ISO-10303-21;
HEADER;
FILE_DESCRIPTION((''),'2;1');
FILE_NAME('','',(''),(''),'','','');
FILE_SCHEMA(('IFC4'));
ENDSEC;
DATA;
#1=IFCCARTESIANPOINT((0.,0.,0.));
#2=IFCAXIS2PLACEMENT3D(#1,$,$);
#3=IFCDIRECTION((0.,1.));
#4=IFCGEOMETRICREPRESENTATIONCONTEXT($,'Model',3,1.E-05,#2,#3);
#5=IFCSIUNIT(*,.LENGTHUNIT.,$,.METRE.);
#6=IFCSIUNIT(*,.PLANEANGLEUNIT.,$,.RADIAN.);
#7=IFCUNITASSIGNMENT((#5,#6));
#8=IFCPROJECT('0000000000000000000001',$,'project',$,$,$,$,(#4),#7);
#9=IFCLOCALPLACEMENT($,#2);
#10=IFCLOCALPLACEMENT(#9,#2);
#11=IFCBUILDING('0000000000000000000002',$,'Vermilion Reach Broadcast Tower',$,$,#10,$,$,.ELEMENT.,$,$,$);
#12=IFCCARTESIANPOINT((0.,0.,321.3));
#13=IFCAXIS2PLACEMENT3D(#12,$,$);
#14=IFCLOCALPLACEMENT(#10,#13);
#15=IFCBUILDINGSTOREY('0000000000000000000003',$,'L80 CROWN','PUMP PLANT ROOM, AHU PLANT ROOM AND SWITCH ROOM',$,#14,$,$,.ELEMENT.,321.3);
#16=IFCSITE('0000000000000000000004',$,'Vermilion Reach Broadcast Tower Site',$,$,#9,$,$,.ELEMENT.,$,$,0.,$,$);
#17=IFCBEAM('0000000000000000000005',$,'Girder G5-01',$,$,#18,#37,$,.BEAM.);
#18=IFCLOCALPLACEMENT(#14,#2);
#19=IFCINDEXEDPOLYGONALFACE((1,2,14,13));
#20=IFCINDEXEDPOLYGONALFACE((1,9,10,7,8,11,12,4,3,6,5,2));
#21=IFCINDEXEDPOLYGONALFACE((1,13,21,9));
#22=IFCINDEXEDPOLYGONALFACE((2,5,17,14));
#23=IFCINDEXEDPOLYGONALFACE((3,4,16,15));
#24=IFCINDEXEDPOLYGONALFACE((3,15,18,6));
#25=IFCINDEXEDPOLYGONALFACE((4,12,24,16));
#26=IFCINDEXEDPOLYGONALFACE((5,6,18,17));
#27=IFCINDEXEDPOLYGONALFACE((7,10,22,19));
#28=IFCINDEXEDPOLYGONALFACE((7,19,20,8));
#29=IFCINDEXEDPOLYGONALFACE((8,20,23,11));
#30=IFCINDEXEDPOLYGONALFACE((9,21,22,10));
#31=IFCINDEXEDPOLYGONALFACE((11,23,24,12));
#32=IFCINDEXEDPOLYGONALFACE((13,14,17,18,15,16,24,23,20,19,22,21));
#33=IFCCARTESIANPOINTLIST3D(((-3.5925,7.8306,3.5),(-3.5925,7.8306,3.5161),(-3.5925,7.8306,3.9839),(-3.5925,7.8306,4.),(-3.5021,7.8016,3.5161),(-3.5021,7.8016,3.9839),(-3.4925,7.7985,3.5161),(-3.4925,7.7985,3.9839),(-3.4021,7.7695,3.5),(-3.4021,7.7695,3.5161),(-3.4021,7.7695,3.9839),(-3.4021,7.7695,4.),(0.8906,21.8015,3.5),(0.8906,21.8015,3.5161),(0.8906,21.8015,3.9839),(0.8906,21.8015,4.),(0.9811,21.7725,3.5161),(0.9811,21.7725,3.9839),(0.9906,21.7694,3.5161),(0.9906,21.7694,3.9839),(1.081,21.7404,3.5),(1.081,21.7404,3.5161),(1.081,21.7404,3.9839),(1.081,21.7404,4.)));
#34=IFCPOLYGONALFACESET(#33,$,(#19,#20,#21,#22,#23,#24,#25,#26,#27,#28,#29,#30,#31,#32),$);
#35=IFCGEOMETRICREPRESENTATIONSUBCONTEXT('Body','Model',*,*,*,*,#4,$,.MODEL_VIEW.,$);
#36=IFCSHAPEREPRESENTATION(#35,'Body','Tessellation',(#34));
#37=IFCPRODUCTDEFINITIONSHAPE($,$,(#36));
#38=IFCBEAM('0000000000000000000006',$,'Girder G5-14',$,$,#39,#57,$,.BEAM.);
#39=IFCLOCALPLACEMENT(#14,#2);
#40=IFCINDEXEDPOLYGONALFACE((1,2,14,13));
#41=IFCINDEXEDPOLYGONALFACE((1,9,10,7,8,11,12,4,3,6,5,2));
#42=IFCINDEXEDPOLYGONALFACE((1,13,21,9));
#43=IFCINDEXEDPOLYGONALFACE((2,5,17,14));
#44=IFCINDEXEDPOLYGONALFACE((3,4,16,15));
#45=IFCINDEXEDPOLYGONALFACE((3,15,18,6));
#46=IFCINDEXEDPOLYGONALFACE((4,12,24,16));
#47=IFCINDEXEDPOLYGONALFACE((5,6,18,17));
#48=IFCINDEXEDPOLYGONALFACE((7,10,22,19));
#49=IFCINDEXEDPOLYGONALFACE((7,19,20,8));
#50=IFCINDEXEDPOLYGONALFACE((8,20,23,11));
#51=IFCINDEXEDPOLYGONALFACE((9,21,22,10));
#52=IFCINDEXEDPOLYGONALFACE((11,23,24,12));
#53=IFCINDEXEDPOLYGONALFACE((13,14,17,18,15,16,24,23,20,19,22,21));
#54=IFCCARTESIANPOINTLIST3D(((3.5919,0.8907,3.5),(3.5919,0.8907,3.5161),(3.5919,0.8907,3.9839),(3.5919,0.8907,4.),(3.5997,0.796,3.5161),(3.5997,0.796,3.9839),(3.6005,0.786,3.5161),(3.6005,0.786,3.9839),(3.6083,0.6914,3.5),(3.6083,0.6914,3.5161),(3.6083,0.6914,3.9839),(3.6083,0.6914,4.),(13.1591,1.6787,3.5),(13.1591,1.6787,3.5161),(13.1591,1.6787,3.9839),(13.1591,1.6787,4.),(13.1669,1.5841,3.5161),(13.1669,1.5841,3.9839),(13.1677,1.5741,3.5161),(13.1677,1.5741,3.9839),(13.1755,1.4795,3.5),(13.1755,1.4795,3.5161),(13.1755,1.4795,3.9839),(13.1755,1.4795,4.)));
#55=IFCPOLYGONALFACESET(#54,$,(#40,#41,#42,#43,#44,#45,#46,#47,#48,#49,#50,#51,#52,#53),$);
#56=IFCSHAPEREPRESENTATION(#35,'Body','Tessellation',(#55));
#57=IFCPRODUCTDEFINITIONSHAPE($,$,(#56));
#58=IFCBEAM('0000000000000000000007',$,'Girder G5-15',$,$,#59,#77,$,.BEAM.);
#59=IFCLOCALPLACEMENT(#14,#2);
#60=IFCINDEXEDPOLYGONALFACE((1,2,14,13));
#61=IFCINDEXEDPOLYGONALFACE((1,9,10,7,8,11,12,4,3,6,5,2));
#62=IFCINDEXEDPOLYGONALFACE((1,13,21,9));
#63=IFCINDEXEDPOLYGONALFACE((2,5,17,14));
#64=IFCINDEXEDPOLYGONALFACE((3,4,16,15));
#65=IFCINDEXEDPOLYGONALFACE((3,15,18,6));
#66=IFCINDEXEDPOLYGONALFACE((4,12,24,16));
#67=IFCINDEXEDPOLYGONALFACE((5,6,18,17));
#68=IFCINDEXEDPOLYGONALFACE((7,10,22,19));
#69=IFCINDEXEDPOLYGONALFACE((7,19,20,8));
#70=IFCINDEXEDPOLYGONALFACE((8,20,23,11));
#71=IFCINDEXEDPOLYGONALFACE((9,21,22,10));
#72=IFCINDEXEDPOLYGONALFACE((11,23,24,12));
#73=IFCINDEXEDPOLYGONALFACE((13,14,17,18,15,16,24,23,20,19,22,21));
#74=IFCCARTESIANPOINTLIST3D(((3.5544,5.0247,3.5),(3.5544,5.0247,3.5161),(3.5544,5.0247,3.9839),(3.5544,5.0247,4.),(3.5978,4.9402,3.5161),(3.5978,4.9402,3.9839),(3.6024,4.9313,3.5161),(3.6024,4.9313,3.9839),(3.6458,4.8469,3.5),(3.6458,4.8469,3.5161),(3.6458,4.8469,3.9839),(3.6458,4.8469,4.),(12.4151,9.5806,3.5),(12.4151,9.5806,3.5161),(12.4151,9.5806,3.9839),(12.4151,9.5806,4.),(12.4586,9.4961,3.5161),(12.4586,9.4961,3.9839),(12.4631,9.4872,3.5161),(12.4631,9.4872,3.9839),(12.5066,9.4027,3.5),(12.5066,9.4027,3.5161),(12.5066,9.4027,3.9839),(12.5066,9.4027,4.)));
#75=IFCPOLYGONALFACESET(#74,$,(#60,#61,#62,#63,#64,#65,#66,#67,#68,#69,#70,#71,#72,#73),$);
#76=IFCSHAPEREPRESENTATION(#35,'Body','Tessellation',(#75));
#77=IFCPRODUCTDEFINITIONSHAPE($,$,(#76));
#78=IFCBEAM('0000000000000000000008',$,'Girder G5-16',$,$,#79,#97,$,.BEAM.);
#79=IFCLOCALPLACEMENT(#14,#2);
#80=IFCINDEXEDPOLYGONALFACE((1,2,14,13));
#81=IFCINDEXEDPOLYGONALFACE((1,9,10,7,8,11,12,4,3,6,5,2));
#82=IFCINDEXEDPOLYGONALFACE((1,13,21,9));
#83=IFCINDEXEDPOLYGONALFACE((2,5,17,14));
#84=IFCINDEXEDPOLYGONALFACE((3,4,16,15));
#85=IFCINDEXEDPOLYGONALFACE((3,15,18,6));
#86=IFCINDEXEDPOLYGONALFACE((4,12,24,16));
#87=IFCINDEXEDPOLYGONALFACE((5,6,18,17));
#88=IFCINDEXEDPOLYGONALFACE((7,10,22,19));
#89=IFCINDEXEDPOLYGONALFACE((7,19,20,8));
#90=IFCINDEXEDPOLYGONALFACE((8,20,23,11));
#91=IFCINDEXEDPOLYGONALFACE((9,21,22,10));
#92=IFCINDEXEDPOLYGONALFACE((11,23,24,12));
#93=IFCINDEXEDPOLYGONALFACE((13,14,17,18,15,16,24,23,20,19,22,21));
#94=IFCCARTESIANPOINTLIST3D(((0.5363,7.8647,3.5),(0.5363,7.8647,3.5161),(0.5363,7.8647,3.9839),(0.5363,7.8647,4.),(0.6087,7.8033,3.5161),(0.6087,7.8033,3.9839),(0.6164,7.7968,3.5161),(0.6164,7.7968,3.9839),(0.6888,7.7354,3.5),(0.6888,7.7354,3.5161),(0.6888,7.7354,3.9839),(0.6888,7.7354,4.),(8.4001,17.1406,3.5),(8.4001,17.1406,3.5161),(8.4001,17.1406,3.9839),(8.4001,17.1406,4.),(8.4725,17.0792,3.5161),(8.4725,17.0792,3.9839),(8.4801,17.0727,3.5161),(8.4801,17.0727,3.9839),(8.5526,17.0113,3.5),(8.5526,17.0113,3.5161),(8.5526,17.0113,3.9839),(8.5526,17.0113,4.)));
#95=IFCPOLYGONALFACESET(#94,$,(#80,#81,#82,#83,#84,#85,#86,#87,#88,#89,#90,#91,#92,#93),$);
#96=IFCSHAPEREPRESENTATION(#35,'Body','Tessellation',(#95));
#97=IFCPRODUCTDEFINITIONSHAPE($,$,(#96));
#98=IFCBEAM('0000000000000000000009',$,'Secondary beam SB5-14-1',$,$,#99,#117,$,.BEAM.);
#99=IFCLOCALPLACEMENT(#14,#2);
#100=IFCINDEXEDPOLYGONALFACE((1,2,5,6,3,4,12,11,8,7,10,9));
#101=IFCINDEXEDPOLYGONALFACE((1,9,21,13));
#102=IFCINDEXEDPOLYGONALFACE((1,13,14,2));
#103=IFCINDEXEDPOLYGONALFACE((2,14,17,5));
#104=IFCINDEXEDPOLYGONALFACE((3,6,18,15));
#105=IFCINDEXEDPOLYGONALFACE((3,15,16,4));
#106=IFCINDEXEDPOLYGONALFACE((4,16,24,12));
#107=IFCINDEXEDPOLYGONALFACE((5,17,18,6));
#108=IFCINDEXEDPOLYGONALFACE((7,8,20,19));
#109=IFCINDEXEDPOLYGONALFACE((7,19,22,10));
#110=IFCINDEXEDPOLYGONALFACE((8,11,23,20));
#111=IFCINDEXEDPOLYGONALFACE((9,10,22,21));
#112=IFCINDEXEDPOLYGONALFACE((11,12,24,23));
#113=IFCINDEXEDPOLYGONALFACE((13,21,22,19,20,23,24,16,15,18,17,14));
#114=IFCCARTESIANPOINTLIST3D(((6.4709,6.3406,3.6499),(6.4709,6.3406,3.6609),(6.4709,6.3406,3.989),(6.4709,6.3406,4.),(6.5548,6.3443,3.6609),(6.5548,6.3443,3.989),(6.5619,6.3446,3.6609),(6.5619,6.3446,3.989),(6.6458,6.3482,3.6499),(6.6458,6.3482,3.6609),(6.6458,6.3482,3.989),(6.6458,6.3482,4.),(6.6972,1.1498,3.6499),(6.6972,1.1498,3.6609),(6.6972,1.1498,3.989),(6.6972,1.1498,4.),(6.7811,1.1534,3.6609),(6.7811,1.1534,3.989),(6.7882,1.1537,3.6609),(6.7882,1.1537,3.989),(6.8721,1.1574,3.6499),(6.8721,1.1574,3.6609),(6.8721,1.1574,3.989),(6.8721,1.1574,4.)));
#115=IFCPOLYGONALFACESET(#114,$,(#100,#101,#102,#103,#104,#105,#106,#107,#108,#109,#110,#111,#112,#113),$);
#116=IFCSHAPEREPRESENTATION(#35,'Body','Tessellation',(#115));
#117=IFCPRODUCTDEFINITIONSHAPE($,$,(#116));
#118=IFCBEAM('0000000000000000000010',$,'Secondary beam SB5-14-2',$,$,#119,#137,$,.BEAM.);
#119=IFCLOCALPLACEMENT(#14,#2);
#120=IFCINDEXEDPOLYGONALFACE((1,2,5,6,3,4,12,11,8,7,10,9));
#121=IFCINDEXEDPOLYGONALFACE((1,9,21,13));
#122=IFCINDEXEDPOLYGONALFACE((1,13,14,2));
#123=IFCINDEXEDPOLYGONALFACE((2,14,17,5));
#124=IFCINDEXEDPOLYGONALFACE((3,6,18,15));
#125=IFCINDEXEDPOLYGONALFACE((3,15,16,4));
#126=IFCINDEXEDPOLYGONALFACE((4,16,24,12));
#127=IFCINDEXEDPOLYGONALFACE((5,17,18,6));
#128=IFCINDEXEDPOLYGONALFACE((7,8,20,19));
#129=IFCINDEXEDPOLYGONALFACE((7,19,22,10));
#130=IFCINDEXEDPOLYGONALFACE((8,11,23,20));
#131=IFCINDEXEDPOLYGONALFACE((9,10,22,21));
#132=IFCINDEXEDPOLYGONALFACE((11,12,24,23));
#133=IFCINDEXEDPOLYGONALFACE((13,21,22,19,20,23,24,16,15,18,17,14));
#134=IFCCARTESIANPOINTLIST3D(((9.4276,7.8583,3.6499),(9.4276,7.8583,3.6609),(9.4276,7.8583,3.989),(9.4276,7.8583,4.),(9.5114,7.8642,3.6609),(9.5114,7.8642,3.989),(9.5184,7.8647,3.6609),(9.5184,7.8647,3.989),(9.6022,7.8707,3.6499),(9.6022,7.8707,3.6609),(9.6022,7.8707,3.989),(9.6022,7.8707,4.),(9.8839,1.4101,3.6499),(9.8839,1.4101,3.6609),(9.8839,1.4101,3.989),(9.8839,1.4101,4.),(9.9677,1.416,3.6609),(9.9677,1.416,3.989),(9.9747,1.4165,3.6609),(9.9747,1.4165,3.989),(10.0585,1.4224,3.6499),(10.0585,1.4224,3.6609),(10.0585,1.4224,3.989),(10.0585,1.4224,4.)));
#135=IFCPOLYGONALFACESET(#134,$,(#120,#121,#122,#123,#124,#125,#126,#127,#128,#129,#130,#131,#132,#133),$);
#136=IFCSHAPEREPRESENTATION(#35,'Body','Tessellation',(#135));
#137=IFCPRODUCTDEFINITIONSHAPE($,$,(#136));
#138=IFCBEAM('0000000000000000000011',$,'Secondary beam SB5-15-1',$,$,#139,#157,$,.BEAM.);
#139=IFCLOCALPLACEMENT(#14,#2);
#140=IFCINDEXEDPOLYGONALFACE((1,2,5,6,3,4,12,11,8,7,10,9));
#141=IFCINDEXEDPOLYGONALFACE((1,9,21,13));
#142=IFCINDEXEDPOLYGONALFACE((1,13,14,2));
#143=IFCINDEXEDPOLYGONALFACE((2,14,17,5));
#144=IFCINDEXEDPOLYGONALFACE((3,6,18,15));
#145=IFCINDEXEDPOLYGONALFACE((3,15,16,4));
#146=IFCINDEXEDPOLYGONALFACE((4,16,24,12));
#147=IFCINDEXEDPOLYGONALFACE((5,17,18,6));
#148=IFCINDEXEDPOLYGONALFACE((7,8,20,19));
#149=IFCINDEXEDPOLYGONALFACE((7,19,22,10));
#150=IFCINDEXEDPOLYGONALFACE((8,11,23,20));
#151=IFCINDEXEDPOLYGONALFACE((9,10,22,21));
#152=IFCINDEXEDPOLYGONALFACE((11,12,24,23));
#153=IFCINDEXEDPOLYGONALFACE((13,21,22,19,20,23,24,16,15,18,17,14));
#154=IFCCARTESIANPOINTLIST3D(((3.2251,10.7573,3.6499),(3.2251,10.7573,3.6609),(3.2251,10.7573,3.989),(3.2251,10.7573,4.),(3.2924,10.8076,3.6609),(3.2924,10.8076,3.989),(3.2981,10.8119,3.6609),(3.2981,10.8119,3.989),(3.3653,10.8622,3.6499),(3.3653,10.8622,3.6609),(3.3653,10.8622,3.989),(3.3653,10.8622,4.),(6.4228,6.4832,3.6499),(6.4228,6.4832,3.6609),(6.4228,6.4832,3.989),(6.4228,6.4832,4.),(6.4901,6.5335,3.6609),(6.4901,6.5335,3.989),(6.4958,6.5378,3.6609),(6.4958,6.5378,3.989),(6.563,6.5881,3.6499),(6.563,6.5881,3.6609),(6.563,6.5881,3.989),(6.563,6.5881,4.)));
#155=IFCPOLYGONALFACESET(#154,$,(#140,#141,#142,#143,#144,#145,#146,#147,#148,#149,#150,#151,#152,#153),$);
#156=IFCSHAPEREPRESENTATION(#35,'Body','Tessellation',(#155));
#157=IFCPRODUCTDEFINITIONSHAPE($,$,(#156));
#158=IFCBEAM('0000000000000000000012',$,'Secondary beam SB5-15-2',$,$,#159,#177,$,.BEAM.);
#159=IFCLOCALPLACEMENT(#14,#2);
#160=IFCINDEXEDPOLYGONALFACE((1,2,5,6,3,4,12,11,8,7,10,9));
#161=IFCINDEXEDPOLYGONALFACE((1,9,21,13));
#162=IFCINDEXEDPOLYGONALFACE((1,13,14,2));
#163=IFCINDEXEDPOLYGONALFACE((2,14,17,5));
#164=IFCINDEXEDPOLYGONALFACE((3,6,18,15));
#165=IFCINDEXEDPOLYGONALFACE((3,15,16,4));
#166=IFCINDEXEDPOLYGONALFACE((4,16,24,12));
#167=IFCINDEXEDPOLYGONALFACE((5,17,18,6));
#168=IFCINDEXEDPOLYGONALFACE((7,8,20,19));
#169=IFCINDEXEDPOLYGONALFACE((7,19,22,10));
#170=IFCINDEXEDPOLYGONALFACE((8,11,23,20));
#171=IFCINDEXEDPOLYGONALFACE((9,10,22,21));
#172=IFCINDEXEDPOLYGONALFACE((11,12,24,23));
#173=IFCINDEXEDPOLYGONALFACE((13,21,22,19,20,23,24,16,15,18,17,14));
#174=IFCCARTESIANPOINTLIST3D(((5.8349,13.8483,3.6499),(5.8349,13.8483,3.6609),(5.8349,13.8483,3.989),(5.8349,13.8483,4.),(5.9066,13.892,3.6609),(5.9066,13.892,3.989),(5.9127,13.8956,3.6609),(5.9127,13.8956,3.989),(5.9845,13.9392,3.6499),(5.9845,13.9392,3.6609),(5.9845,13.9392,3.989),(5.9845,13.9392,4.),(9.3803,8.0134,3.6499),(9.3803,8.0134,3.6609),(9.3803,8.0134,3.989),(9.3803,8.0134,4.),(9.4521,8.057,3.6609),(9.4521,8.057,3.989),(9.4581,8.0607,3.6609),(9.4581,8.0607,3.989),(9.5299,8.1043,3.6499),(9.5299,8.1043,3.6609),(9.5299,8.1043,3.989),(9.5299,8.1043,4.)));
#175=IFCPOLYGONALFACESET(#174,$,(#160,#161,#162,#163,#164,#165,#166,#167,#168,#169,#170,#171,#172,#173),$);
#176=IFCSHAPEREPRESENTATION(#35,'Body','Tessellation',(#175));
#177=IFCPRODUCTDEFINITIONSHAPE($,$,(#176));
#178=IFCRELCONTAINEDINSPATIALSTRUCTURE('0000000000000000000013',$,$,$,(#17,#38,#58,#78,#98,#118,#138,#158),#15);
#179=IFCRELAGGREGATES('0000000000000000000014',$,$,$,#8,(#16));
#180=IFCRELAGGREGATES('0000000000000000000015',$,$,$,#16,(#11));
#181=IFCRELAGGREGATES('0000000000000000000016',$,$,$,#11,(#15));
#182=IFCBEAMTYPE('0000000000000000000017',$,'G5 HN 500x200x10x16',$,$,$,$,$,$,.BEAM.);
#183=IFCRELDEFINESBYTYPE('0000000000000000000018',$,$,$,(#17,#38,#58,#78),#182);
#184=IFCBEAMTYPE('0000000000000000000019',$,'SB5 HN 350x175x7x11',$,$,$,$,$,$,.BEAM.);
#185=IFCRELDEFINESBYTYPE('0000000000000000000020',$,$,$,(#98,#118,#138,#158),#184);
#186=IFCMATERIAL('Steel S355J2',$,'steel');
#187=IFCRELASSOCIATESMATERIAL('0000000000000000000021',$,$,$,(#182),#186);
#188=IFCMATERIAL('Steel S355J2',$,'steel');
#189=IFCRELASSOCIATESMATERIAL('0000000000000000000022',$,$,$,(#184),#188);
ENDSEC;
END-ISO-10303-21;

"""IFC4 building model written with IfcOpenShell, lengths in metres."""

from ifc_helpers import new_model, si_unit, direction, frame, origin, origin_2d, place, context, subcontext, project, spatial, i_section, extrude, material, material_profile, profile_set, type_object, element, save


model = new_model("IFC4")

# Units and contexts
model_context = context("Model", 3, precision=1e-05, world=origin(), true_north=direction((0.0, 1.0)))
body_context = subcontext(model_context, "Body", "Model", "MODEL_VIEW")
ifc_project = project(units=[si_unit("LENGTHUNIT", "METRE"), si_unit("PLANEANGLEUNIT", "RADIAN")], contexts=[model_context])

# Site, building, storey
site_placement = place(None, origin())
site = spatial("IfcSite", under=ifc_project, at=site_placement, Name="Vermilion Reach Broadcast Tower Site", CompositionType="ELEMENT", RefElevation=0.0)
building_placement = place(site_placement, origin())
building = spatial("IfcBuilding", under=site, at=building_placement, Name="Vermilion Reach Broadcast Tower", CompositionType="ELEMENT")
storey_placement = place(building_placement, frame((0.0, 0.0, 321.3)))
storey = spatial("IfcBuildingStorey", under=building, at=storey_placement, Name="L80 CROWN", Description="PUMP PLANT ROOM, AHU PLANT ROOM AND SWITCH ROOM", CompositionType="ELEMENT", Elevation=321.3)

# Beams
ifc_material_1 = material(Name="Steel S355J2", Category="steel")
ifc_material_profile_1 = material_profile(ifc_material_1, i_section(OverallWidth=0.2, OverallDepth=0.5, WebThickness=0.01, FlangeThickness=0.0161, at=origin_2d()), Name="S355J2 HN 500x200x10x16")
ifc_profile_set_1 = profile_set([ifc_material_profile_1], Name="Steel S355J2")
beam_type_1 = type_object("IfcBeamType", Name="G5 HN 500x200x10x16", PredefinedType="BEAM", material=ifc_profile_set_1)
beam_1_placement = place(storey_placement, frame((-3.4973, 7.8, 3.75), z_axis=(0.305545, 0.952178, 0.0), x_axis=(-0.952178, 0.305545, 0.0)))
element("IfcBeam", 1, at=beam_1_placement, inside=storey, type_object=beam_type_1, Name="Girder G5-01", PredefinedType="BEAM", context=body_context, shape_type="SweptSolid", body=[
    extrude(i_section(OverallWidth=0.2, OverallDepth=0.5, WebThickness=0.01, FlangeThickness=0.0161, at=origin_2d()), origin(), (0.0, 0.0, 1.0), 14.6726),
])
beam_2_placement = place(storey_placement, frame((3.6001, 0.791, 3.75), z_axis=(0.996624, 0.082096, 0.0), x_axis=(-0.082096, 0.996624, 0.0)))
element("IfcBeam", 2, at=beam_2_placement, inside=storey, type_object=beam_type_1, Name="Girder G5-14", PredefinedType="BEAM", context=body_context, shape_type="SweptSolid", body=[
    extrude(i_section(OverallWidth=0.2, OverallDepth=0.5, WebThickness=0.01, FlangeThickness=0.0161, at=origin_2d()), origin(), (0.0, 0.0, 1.0), 9.5996),
])
beam_3_placement = place(storey_placement, frame((3.6001, 4.9358, 3.75), z_axis=(0.889333, 0.457261, 0.0), x_axis=(-0.457261, 0.889333, 0.0)))
element("IfcBeam", 3, at=beam_3_placement, inside=storey, type_object=beam_type_1, Name="Girder G5-15", PredefinedType="BEAM", context=body_context, shape_type="SweptSolid", body=[
    extrude(i_section(OverallWidth=0.2, OverallDepth=0.5, WebThickness=0.01, FlangeThickness=0.0161, at=origin_2d()), origin(), (0.0, 0.0, 1.0), 9.9634),
])
beam_4_placement = place(storey_placement, frame((0.6125, 7.8, 3.75), z_axis=(0.646658, 0.76278, 0.0), x_axis=(-0.76278, 0.646658, 0.0)))
element("IfcBeam", 4, at=beam_4_placement, inside=storey, type_object=beam_type_1, Name="Girder G5-16", PredefinedType="BEAM", context=body_context, shape_type="SweptSolid", body=[
    extrude(i_section(OverallWidth=0.2, OverallDepth=0.5, WebThickness=0.01, FlangeThickness=0.0161, at=origin_2d()), origin(), (0.0, 0.0, 1.0), 12.1606),
])
ifc_material_2 = material(Name="Steel S355J2", Category="steel")
ifc_material_profile_2 = material_profile(ifc_material_2, i_section(OverallWidth=0.175, OverallDepth=0.3501, WebThickness=0.0071, FlangeThickness=0.011, at=origin_2d()), Name="S355J2 HN 350x175x7x11")
ifc_profile_set_2 = profile_set([ifc_material_profile_2], Name="Steel S355J2")
beam_type_2 = type_object("IfcBeamType", Name="SB5 HN 350x175x7x11", PredefinedType="BEAM", material=ifc_profile_set_2)
beam_5_placement = place(storey_placement, frame((6.7847, 1.1536, 3.825), z_axis=(-0.043558, 0.999051, 0.0), x_axis=(-0.999051, -0.043558, 0.0)))
element("IfcBeam", 5, at=beam_5_placement, inside=storey, type_object=beam_type_2, Name="Secondary beam SB5-14-1", PredefinedType="BEAM", context=body_context, shape_type="SweptSolid", body=[
    extrude(i_section(OverallWidth=0.175, OverallDepth=0.3501, WebThickness=0.0071, FlangeThickness=0.011, at=origin_2d()), origin(), (0.0, 0.0, 1.0), 5.1958),
])
beam_6_placement = place(storey_placement, frame((9.9712, 1.4163, 3.825), z_axis=(-0.070587, 0.997506, 0.0), x_axis=(-0.997506, -0.070587, 0.0)))
element("IfcBeam", 6, at=beam_6_placement, inside=storey, type_object=beam_type_2, Name="Secondary beam SB5-14-2", PredefinedType="BEAM", context=body_context, shape_type="SweptSolid", body=[
    extrude(i_section(OverallWidth=0.175, OverallDepth=0.3501, WebThickness=0.0071, FlangeThickness=0.011, at=origin_2d()), origin(), (0.0, 0.0, 1.0), 6.4644),
])
beam_7_placement = place(storey_placement, frame((6.4929, 6.5356, 3.825), z_axis=(-0.599056, 0.800707, 0.0), x_axis=(-0.800707, -0.599056, 0.0)))
element("IfcBeam", 7, at=beam_7_placement, inside=storey, type_object=beam_type_2, Name="Secondary beam SB5-15-1", PredefinedType="BEAM", context=body_context, shape_type="SweptSolid", body=[
    extrude(i_section(OverallWidth=0.175, OverallDepth=0.3501, WebThickness=0.0071, FlangeThickness=0.011, at=origin_2d()), origin(), (0.0, 0.0, 1.0), 5.3379),
])
beam_8_placement = place(storey_placement, frame((9.4551, 8.0588, 3.825), z_axis=(-0.519273, 0.854608, 0.0), x_axis=(-0.854608, -0.519273, 0.0)))
element("IfcBeam", 8, at=beam_8_placement, inside=storey, type_object=beam_type_2, Name="Secondary beam SB5-15-2", PredefinedType="BEAM", context=body_context, shape_type="SweptSolid", body=[
    extrude(i_section(OverallWidth=0.175, OverallDepth=0.3501, WebThickness=0.0071, FlangeThickness=0.011, at=origin_2d()), origin(), (0.0, 0.0, 1.0), 6.8276),
])

save(model, "model.ifc")
